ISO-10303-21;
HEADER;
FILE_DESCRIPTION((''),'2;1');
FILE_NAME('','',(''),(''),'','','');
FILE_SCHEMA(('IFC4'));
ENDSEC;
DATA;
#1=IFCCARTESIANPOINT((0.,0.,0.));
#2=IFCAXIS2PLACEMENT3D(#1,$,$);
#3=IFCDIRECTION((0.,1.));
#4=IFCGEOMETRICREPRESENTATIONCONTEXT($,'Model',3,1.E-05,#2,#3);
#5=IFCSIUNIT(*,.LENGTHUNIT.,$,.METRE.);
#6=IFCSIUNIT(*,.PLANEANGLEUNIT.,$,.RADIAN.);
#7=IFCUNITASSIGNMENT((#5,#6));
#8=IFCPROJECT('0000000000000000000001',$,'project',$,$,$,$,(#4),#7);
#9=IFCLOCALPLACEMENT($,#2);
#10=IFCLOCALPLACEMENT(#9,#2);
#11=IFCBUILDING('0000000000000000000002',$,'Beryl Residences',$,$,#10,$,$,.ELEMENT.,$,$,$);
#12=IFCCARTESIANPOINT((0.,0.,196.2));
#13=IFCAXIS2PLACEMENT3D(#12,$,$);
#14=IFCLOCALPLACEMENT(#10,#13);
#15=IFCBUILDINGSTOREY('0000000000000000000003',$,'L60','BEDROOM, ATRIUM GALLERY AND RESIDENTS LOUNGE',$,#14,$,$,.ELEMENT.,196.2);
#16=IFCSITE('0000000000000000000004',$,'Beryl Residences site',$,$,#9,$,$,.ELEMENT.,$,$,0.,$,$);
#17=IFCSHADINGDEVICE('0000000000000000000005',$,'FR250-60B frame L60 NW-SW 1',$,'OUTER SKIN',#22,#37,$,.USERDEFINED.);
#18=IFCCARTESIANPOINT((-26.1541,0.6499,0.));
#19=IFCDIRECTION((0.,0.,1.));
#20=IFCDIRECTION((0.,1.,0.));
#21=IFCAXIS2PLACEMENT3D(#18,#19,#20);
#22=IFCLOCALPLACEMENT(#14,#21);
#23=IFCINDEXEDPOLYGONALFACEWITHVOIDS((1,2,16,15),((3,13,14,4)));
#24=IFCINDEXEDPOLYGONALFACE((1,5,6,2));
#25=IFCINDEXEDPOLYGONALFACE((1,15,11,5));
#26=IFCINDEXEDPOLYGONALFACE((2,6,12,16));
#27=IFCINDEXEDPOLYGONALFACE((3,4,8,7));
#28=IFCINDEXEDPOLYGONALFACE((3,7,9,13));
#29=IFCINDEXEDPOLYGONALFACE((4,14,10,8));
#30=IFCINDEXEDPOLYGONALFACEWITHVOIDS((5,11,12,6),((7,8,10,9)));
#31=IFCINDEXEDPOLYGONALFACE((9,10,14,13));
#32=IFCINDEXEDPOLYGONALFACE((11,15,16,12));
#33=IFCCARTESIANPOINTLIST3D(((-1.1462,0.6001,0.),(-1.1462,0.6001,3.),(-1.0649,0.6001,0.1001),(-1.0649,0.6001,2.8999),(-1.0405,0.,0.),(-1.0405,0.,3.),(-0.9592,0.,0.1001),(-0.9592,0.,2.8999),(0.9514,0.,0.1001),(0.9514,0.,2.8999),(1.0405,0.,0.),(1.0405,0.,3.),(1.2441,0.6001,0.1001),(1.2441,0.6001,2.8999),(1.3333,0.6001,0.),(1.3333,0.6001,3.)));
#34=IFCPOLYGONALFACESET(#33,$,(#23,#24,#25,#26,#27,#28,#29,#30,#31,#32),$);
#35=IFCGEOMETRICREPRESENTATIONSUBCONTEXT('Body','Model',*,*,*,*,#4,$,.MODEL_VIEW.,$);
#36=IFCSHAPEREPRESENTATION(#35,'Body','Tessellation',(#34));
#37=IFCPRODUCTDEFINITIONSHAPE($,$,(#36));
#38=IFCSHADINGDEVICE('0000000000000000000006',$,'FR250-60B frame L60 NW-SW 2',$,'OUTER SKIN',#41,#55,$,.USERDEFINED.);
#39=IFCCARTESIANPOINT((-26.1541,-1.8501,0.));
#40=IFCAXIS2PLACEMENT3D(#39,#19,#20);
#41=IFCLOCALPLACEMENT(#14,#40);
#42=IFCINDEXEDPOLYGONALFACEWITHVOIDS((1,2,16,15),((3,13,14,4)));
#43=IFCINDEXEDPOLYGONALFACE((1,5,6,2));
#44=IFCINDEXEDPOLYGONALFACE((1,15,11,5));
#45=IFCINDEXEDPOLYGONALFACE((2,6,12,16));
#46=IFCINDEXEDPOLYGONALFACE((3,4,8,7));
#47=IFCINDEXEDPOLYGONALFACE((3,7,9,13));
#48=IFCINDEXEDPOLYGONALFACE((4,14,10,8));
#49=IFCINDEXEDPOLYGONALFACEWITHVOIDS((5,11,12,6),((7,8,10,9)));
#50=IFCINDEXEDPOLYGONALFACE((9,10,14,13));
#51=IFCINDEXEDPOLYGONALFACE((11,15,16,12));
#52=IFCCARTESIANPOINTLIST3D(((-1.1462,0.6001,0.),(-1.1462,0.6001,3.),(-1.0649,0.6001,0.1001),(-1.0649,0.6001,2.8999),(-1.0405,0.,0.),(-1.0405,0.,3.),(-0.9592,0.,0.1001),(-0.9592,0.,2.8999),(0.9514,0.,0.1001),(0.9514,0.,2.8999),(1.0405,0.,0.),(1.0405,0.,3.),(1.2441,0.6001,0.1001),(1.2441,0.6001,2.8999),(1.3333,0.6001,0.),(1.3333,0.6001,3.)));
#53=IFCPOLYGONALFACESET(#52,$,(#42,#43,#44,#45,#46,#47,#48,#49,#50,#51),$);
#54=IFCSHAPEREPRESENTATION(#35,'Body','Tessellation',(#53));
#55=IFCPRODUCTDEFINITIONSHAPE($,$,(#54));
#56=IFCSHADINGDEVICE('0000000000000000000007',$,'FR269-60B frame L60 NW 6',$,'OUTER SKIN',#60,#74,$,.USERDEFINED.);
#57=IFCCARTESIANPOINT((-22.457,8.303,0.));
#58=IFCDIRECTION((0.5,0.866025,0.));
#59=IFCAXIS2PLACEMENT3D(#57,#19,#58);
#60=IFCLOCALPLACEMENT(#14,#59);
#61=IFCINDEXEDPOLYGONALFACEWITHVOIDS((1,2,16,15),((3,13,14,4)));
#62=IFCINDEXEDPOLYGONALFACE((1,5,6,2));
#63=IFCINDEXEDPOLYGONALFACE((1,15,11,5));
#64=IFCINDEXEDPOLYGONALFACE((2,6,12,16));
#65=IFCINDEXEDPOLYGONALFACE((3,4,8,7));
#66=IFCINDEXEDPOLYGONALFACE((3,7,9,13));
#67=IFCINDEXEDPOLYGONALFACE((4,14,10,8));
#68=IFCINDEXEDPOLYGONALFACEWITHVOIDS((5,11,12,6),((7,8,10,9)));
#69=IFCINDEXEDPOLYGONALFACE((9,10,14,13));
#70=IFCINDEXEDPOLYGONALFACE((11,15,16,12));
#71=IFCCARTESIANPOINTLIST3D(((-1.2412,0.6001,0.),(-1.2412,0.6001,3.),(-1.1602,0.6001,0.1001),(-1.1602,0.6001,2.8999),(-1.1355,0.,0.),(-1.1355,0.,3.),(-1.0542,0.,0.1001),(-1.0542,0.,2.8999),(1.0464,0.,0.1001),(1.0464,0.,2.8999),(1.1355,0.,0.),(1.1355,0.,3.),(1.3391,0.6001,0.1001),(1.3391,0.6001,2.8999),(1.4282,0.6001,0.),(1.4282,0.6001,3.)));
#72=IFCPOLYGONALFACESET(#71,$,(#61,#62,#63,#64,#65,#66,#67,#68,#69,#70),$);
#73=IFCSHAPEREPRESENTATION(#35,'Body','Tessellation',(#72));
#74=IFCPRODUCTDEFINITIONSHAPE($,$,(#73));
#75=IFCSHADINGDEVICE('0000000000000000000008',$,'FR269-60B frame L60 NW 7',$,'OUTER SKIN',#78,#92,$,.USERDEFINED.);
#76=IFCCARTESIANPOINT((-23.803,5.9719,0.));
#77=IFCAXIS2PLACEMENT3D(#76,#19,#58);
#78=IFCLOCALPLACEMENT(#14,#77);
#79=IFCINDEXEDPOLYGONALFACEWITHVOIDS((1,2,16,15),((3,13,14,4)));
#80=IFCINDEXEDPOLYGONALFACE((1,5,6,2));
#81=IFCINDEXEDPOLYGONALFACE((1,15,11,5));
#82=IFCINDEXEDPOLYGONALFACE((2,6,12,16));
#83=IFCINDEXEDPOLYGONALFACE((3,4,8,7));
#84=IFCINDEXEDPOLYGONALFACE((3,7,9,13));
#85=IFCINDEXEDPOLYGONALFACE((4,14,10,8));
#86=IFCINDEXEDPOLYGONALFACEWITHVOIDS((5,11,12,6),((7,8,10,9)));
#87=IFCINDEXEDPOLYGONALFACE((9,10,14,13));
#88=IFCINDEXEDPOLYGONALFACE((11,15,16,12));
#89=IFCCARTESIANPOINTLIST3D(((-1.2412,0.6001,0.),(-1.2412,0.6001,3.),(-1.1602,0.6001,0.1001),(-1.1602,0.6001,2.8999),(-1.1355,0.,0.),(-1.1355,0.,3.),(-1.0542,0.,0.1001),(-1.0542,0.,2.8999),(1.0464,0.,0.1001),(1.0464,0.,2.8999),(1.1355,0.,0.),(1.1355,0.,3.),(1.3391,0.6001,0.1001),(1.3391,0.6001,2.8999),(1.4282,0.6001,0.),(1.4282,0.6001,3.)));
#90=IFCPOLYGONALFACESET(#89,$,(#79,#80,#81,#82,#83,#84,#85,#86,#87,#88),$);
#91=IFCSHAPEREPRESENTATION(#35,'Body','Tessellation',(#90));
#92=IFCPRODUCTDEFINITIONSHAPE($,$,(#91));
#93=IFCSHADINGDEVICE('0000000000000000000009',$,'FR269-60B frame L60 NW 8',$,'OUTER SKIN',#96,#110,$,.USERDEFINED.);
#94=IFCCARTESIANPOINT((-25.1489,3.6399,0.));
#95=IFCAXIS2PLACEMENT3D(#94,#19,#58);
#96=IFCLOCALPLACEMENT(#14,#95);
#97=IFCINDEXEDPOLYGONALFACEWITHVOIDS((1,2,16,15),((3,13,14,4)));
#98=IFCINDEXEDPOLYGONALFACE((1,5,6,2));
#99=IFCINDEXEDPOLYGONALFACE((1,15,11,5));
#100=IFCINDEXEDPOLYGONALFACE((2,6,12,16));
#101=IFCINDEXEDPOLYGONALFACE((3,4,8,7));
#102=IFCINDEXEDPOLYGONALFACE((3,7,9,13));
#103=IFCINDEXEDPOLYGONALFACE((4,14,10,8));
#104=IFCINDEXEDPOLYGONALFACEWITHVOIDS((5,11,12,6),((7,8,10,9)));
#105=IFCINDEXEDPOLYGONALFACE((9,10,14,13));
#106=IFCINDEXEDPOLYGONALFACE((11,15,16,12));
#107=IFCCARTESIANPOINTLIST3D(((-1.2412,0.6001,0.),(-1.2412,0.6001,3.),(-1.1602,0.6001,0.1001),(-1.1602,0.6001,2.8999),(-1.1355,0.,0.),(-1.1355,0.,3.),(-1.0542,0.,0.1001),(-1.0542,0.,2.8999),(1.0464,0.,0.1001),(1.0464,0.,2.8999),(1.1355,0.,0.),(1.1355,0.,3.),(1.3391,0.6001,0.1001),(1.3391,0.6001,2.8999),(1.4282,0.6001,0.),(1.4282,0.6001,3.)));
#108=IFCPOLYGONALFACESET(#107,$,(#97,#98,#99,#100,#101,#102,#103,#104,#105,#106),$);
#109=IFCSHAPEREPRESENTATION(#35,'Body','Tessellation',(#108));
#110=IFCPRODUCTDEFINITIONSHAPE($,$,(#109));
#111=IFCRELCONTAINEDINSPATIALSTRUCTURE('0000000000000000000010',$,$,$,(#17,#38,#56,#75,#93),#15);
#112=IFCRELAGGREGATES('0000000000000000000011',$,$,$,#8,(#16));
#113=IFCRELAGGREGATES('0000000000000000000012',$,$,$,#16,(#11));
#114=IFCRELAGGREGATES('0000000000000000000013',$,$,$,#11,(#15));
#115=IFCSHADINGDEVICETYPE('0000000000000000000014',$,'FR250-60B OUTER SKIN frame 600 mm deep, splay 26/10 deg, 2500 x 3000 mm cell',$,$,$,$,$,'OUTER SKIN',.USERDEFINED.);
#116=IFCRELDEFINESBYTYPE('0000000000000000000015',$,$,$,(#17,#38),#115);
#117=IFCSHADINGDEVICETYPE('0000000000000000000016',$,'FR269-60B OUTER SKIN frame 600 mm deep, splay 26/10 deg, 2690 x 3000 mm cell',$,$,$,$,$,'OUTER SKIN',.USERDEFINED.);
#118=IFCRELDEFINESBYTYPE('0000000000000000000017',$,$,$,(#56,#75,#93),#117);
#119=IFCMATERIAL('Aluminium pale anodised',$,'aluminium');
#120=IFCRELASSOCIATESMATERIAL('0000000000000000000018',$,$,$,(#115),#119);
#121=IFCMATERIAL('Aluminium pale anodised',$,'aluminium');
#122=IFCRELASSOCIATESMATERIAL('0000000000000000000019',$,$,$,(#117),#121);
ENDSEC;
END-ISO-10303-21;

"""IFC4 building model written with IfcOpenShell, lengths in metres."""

from ifc_helpers import new_model, entity, si_unit, direction, frame, origin, place, context, subcontext, project, spatial, source, transform, mapped, material, type_object, type_shapes, element, save


model = new_model("IFC4")

# Units and contexts
model_context = context("Model", 3, precision=1e-05, world=origin(), true_north=direction((0.0, 1.0)))
body_context = subcontext(model_context, "Body", "Model", "MODEL_VIEW")
ifc_project = project(units=[si_unit("LENGTHUNIT", "METRE"), si_unit("PLANEANGLEUNIT", "RADIAN")], contexts=[model_context])

# Site, building, storey
site_placement = place(None, origin())
site = spatial("IfcSite", under=ifc_project, at=site_placement, Name="Beryl Residences site", CompositionType="ELEMENT", RefElevation=0.0)
building_placement = place(site_placement, origin())
building = spatial("IfcBuilding", under=site, at=building_placement, Name="Beryl Residences", CompositionType="ELEMENT")
storey_placement = place(building_placement, frame((0.0, 0.0, 196.2)))
storey = spatial("IfcBuildingStorey", under=building, at=storey_placement, Name="L60", Description="BEDROOM, ATRIUM GALLERY AND RESIDENTS LOUNGE", CompositionType="ELEMENT", Elevation=196.2)

# Shading devices
ifc_material_1 = material(Name="Aluminium pale anodised", Category="aluminium")
shading_device_type_1 = type_object("IfcShadingDeviceType", Name="FR250-60B OUTER SKIN frame 600 mm deep, splay 26/10 deg, 2500 x 3000 mm cell", ElementType="OUTER SKIN", PredefinedType="USERDEFINED", material=ifc_material_1)
cartesian_point_1 = entity("IfcCartesianPoint", [-1.0405, 0.0])
cartesian_point_2 = entity("IfcCartesianPoint", [-0.9514, 0.1001])
cartesian_point_3 = entity("IfcCartesianPoint", [-1.3333, 0.0])
cartesian_point_4 = entity("IfcCartesianPoint", [-1.2441, 0.1001])
shared_shape_1 = source(origin(), body_context, "Body", "SweptSolid", [
    entity("IfcExtrudedAreaSolidTapered", entity("IfcArbitraryProfileDefWithVoids", "AREA", None, entity("IfcPolyline", [cartesian_point_1, entity("IfcCartesianPoint", [1.0405, 0.0]), entity("IfcCartesianPoint", [1.0405, 3.0]), entity("IfcCartesianPoint", [-1.0405, 3.0]), cartesian_point_1]), [entity("IfcPolyline", [cartesian_point_2, entity("IfcCartesianPoint", [0.9592, 0.1001]), entity("IfcCartesianPoint", [0.9592, 2.8999]), entity("IfcCartesianPoint", [-0.9514, 2.8999]), cartesian_point_2])]), entity("IfcAxis2Placement3D", entity("IfcCartesianPoint", [0.0, 0.0, 0.0]), entity("IfcDirection", [0.0, 1.0, 0.0]), entity("IfcDirection", [-1.0, 0.0, 0.0])), entity("IfcDirection", [0.0, 0.0, 1.0]), 0.6001, entity("IfcArbitraryProfileDefWithVoids", "AREA", None, entity("IfcPolyline", [cartesian_point_3, entity("IfcCartesianPoint", [1.1462, 0.0]), entity("IfcCartesianPoint", [1.1462, 3.0]), entity("IfcCartesianPoint", [-1.3333, 3.0]), cartesian_point_3]), [entity("IfcPolyline", [cartesian_point_4, entity("IfcCartesianPoint", [1.0649, 0.1001]), entity("IfcCartesianPoint", [1.0649, 2.8999]), entity("IfcCartesianPoint", [-1.2441, 2.8999]), cartesian_point_4])])),
])
type_shapes(shading_device_type_1, [shared_shape_1])
for number, where, z_axis, x_axis, name in (
    (1, (-26.1541, 0.6499, 0.0), (0.0, 0.0, 1.0), (0.0, 1.0, 0.0), "FR250-60B frame L60 NW-SW 1"),
    (2, (-26.1541, -1.8501, 0.0), (0.0, 0.0, 1.0), (0.0, 1.0, 0.0), "FR250-60B frame L60 NW-SW 2"),
):
    element("IfcShadingDevice", number, at=place(storey_placement, frame(where, z_axis=z_axis, x_axis=x_axis)), inside=storey, type_object=shading_device_type_1, Name=name, ObjectType="OUTER SKIN", PredefinedType="USERDEFINED", context=body_context, shape_type="MappedRepresentation", body=[
        mapped(shared_shape_1, transform((0.0, 0.0, 0.0))),
    ])
ifc_material_2 = material(Name="Aluminium pale anodised", Category="aluminium")
shading_device_type_2 = type_object("IfcShadingDeviceType", Name="FR269-60B OUTER SKIN frame 600 mm deep, splay 26/10 deg, 2690 x 3000 mm cell", ElementType="OUTER SKIN", PredefinedType="USERDEFINED", material=ifc_material_2)
cartesian_point_5 = entity("IfcCartesianPoint", [-1.1355, 0.0])
cartesian_point_6 = entity("IfcCartesianPoint", [-1.0464, 0.1001])
cartesian_point_7 = entity("IfcCartesianPoint", [-1.4282, 0.0])
cartesian_point_8 = entity("IfcCartesianPoint", [-1.3391, 0.1001])
shared_shape_2 = source(origin(), body_context, "Body", "SweptSolid", [
    entity("IfcExtrudedAreaSolidTapered", entity("IfcArbitraryProfileDefWithVoids", "AREA", None, entity("IfcPolyline", [cartesian_point_5, entity("IfcCartesianPoint", [1.1355, 0.0]), entity("IfcCartesianPoint", [1.1355, 3.0]), entity("IfcCartesianPoint", [-1.1355, 3.0]), cartesian_point_5]), [entity("IfcPolyline", [cartesian_point_6, entity("IfcCartesianPoint", [1.0542, 0.1001]), entity("IfcCartesianPoint", [1.0542, 2.8999]), entity("IfcCartesianPoint", [-1.0464, 2.8999]), cartesian_point_6])]), entity("IfcAxis2Placement3D", entity("IfcCartesianPoint", [0.0, 0.0, 0.0]), entity("IfcDirection", [0.0, 1.0, 0.0]), entity("IfcDirection", [-1.0, 0.0, 0.0])), entity("IfcDirection", [0.0, 0.0, 1.0]), 0.6001, entity("IfcArbitraryProfileDefWithVoids", "AREA", None, entity("IfcPolyline", [cartesian_point_7, entity("IfcCartesianPoint", [1.2412, 0.0]), entity("IfcCartesianPoint", [1.2412, 3.0]), entity("IfcCartesianPoint", [-1.4282, 3.0]), cartesian_point_7]), [entity("IfcPolyline", [cartesian_point_8, entity("IfcCartesianPoint", [1.1602, 0.1001]), entity("IfcCartesianPoint", [1.1602, 2.8999]), entity("IfcCartesianPoint", [-1.3391, 2.8999]), cartesian_point_8])])),
])
type_shapes(shading_device_type_2, [shared_shape_2])
for number, where, z_axis, x_axis, name in (
    (3, (-22.457, 8.303, 0.0), (0.0, 0.0, 1.0), (0.5, 0.866025, 0.0), "FR269-60B frame L60 NW 6"),
    (4, (-23.803, 5.9719, 0.0), (0.0, 0.0, 1.0), (0.5, 0.866025, 0.0), "FR269-60B frame L60 NW 7"),
    (5, (-25.1489, 3.6399, 0.0), (0.0, 0.0, 1.0), (0.5, 0.866025, 0.0), "FR269-60B frame L60 NW 8"),
):
    element("IfcShadingDevice", number, at=place(storey_placement, frame(where, z_axis=z_axis, x_axis=x_axis)), inside=storey, type_object=shading_device_type_2, Name=name, ObjectType="OUTER SKIN", PredefinedType="USERDEFINED", context=body_context, shape_type="MappedRepresentation", body=[
        mapped(shared_shape_2, transform((0.0, 0.0, 0.0))),
    ])

save(model, "model.ifc")
